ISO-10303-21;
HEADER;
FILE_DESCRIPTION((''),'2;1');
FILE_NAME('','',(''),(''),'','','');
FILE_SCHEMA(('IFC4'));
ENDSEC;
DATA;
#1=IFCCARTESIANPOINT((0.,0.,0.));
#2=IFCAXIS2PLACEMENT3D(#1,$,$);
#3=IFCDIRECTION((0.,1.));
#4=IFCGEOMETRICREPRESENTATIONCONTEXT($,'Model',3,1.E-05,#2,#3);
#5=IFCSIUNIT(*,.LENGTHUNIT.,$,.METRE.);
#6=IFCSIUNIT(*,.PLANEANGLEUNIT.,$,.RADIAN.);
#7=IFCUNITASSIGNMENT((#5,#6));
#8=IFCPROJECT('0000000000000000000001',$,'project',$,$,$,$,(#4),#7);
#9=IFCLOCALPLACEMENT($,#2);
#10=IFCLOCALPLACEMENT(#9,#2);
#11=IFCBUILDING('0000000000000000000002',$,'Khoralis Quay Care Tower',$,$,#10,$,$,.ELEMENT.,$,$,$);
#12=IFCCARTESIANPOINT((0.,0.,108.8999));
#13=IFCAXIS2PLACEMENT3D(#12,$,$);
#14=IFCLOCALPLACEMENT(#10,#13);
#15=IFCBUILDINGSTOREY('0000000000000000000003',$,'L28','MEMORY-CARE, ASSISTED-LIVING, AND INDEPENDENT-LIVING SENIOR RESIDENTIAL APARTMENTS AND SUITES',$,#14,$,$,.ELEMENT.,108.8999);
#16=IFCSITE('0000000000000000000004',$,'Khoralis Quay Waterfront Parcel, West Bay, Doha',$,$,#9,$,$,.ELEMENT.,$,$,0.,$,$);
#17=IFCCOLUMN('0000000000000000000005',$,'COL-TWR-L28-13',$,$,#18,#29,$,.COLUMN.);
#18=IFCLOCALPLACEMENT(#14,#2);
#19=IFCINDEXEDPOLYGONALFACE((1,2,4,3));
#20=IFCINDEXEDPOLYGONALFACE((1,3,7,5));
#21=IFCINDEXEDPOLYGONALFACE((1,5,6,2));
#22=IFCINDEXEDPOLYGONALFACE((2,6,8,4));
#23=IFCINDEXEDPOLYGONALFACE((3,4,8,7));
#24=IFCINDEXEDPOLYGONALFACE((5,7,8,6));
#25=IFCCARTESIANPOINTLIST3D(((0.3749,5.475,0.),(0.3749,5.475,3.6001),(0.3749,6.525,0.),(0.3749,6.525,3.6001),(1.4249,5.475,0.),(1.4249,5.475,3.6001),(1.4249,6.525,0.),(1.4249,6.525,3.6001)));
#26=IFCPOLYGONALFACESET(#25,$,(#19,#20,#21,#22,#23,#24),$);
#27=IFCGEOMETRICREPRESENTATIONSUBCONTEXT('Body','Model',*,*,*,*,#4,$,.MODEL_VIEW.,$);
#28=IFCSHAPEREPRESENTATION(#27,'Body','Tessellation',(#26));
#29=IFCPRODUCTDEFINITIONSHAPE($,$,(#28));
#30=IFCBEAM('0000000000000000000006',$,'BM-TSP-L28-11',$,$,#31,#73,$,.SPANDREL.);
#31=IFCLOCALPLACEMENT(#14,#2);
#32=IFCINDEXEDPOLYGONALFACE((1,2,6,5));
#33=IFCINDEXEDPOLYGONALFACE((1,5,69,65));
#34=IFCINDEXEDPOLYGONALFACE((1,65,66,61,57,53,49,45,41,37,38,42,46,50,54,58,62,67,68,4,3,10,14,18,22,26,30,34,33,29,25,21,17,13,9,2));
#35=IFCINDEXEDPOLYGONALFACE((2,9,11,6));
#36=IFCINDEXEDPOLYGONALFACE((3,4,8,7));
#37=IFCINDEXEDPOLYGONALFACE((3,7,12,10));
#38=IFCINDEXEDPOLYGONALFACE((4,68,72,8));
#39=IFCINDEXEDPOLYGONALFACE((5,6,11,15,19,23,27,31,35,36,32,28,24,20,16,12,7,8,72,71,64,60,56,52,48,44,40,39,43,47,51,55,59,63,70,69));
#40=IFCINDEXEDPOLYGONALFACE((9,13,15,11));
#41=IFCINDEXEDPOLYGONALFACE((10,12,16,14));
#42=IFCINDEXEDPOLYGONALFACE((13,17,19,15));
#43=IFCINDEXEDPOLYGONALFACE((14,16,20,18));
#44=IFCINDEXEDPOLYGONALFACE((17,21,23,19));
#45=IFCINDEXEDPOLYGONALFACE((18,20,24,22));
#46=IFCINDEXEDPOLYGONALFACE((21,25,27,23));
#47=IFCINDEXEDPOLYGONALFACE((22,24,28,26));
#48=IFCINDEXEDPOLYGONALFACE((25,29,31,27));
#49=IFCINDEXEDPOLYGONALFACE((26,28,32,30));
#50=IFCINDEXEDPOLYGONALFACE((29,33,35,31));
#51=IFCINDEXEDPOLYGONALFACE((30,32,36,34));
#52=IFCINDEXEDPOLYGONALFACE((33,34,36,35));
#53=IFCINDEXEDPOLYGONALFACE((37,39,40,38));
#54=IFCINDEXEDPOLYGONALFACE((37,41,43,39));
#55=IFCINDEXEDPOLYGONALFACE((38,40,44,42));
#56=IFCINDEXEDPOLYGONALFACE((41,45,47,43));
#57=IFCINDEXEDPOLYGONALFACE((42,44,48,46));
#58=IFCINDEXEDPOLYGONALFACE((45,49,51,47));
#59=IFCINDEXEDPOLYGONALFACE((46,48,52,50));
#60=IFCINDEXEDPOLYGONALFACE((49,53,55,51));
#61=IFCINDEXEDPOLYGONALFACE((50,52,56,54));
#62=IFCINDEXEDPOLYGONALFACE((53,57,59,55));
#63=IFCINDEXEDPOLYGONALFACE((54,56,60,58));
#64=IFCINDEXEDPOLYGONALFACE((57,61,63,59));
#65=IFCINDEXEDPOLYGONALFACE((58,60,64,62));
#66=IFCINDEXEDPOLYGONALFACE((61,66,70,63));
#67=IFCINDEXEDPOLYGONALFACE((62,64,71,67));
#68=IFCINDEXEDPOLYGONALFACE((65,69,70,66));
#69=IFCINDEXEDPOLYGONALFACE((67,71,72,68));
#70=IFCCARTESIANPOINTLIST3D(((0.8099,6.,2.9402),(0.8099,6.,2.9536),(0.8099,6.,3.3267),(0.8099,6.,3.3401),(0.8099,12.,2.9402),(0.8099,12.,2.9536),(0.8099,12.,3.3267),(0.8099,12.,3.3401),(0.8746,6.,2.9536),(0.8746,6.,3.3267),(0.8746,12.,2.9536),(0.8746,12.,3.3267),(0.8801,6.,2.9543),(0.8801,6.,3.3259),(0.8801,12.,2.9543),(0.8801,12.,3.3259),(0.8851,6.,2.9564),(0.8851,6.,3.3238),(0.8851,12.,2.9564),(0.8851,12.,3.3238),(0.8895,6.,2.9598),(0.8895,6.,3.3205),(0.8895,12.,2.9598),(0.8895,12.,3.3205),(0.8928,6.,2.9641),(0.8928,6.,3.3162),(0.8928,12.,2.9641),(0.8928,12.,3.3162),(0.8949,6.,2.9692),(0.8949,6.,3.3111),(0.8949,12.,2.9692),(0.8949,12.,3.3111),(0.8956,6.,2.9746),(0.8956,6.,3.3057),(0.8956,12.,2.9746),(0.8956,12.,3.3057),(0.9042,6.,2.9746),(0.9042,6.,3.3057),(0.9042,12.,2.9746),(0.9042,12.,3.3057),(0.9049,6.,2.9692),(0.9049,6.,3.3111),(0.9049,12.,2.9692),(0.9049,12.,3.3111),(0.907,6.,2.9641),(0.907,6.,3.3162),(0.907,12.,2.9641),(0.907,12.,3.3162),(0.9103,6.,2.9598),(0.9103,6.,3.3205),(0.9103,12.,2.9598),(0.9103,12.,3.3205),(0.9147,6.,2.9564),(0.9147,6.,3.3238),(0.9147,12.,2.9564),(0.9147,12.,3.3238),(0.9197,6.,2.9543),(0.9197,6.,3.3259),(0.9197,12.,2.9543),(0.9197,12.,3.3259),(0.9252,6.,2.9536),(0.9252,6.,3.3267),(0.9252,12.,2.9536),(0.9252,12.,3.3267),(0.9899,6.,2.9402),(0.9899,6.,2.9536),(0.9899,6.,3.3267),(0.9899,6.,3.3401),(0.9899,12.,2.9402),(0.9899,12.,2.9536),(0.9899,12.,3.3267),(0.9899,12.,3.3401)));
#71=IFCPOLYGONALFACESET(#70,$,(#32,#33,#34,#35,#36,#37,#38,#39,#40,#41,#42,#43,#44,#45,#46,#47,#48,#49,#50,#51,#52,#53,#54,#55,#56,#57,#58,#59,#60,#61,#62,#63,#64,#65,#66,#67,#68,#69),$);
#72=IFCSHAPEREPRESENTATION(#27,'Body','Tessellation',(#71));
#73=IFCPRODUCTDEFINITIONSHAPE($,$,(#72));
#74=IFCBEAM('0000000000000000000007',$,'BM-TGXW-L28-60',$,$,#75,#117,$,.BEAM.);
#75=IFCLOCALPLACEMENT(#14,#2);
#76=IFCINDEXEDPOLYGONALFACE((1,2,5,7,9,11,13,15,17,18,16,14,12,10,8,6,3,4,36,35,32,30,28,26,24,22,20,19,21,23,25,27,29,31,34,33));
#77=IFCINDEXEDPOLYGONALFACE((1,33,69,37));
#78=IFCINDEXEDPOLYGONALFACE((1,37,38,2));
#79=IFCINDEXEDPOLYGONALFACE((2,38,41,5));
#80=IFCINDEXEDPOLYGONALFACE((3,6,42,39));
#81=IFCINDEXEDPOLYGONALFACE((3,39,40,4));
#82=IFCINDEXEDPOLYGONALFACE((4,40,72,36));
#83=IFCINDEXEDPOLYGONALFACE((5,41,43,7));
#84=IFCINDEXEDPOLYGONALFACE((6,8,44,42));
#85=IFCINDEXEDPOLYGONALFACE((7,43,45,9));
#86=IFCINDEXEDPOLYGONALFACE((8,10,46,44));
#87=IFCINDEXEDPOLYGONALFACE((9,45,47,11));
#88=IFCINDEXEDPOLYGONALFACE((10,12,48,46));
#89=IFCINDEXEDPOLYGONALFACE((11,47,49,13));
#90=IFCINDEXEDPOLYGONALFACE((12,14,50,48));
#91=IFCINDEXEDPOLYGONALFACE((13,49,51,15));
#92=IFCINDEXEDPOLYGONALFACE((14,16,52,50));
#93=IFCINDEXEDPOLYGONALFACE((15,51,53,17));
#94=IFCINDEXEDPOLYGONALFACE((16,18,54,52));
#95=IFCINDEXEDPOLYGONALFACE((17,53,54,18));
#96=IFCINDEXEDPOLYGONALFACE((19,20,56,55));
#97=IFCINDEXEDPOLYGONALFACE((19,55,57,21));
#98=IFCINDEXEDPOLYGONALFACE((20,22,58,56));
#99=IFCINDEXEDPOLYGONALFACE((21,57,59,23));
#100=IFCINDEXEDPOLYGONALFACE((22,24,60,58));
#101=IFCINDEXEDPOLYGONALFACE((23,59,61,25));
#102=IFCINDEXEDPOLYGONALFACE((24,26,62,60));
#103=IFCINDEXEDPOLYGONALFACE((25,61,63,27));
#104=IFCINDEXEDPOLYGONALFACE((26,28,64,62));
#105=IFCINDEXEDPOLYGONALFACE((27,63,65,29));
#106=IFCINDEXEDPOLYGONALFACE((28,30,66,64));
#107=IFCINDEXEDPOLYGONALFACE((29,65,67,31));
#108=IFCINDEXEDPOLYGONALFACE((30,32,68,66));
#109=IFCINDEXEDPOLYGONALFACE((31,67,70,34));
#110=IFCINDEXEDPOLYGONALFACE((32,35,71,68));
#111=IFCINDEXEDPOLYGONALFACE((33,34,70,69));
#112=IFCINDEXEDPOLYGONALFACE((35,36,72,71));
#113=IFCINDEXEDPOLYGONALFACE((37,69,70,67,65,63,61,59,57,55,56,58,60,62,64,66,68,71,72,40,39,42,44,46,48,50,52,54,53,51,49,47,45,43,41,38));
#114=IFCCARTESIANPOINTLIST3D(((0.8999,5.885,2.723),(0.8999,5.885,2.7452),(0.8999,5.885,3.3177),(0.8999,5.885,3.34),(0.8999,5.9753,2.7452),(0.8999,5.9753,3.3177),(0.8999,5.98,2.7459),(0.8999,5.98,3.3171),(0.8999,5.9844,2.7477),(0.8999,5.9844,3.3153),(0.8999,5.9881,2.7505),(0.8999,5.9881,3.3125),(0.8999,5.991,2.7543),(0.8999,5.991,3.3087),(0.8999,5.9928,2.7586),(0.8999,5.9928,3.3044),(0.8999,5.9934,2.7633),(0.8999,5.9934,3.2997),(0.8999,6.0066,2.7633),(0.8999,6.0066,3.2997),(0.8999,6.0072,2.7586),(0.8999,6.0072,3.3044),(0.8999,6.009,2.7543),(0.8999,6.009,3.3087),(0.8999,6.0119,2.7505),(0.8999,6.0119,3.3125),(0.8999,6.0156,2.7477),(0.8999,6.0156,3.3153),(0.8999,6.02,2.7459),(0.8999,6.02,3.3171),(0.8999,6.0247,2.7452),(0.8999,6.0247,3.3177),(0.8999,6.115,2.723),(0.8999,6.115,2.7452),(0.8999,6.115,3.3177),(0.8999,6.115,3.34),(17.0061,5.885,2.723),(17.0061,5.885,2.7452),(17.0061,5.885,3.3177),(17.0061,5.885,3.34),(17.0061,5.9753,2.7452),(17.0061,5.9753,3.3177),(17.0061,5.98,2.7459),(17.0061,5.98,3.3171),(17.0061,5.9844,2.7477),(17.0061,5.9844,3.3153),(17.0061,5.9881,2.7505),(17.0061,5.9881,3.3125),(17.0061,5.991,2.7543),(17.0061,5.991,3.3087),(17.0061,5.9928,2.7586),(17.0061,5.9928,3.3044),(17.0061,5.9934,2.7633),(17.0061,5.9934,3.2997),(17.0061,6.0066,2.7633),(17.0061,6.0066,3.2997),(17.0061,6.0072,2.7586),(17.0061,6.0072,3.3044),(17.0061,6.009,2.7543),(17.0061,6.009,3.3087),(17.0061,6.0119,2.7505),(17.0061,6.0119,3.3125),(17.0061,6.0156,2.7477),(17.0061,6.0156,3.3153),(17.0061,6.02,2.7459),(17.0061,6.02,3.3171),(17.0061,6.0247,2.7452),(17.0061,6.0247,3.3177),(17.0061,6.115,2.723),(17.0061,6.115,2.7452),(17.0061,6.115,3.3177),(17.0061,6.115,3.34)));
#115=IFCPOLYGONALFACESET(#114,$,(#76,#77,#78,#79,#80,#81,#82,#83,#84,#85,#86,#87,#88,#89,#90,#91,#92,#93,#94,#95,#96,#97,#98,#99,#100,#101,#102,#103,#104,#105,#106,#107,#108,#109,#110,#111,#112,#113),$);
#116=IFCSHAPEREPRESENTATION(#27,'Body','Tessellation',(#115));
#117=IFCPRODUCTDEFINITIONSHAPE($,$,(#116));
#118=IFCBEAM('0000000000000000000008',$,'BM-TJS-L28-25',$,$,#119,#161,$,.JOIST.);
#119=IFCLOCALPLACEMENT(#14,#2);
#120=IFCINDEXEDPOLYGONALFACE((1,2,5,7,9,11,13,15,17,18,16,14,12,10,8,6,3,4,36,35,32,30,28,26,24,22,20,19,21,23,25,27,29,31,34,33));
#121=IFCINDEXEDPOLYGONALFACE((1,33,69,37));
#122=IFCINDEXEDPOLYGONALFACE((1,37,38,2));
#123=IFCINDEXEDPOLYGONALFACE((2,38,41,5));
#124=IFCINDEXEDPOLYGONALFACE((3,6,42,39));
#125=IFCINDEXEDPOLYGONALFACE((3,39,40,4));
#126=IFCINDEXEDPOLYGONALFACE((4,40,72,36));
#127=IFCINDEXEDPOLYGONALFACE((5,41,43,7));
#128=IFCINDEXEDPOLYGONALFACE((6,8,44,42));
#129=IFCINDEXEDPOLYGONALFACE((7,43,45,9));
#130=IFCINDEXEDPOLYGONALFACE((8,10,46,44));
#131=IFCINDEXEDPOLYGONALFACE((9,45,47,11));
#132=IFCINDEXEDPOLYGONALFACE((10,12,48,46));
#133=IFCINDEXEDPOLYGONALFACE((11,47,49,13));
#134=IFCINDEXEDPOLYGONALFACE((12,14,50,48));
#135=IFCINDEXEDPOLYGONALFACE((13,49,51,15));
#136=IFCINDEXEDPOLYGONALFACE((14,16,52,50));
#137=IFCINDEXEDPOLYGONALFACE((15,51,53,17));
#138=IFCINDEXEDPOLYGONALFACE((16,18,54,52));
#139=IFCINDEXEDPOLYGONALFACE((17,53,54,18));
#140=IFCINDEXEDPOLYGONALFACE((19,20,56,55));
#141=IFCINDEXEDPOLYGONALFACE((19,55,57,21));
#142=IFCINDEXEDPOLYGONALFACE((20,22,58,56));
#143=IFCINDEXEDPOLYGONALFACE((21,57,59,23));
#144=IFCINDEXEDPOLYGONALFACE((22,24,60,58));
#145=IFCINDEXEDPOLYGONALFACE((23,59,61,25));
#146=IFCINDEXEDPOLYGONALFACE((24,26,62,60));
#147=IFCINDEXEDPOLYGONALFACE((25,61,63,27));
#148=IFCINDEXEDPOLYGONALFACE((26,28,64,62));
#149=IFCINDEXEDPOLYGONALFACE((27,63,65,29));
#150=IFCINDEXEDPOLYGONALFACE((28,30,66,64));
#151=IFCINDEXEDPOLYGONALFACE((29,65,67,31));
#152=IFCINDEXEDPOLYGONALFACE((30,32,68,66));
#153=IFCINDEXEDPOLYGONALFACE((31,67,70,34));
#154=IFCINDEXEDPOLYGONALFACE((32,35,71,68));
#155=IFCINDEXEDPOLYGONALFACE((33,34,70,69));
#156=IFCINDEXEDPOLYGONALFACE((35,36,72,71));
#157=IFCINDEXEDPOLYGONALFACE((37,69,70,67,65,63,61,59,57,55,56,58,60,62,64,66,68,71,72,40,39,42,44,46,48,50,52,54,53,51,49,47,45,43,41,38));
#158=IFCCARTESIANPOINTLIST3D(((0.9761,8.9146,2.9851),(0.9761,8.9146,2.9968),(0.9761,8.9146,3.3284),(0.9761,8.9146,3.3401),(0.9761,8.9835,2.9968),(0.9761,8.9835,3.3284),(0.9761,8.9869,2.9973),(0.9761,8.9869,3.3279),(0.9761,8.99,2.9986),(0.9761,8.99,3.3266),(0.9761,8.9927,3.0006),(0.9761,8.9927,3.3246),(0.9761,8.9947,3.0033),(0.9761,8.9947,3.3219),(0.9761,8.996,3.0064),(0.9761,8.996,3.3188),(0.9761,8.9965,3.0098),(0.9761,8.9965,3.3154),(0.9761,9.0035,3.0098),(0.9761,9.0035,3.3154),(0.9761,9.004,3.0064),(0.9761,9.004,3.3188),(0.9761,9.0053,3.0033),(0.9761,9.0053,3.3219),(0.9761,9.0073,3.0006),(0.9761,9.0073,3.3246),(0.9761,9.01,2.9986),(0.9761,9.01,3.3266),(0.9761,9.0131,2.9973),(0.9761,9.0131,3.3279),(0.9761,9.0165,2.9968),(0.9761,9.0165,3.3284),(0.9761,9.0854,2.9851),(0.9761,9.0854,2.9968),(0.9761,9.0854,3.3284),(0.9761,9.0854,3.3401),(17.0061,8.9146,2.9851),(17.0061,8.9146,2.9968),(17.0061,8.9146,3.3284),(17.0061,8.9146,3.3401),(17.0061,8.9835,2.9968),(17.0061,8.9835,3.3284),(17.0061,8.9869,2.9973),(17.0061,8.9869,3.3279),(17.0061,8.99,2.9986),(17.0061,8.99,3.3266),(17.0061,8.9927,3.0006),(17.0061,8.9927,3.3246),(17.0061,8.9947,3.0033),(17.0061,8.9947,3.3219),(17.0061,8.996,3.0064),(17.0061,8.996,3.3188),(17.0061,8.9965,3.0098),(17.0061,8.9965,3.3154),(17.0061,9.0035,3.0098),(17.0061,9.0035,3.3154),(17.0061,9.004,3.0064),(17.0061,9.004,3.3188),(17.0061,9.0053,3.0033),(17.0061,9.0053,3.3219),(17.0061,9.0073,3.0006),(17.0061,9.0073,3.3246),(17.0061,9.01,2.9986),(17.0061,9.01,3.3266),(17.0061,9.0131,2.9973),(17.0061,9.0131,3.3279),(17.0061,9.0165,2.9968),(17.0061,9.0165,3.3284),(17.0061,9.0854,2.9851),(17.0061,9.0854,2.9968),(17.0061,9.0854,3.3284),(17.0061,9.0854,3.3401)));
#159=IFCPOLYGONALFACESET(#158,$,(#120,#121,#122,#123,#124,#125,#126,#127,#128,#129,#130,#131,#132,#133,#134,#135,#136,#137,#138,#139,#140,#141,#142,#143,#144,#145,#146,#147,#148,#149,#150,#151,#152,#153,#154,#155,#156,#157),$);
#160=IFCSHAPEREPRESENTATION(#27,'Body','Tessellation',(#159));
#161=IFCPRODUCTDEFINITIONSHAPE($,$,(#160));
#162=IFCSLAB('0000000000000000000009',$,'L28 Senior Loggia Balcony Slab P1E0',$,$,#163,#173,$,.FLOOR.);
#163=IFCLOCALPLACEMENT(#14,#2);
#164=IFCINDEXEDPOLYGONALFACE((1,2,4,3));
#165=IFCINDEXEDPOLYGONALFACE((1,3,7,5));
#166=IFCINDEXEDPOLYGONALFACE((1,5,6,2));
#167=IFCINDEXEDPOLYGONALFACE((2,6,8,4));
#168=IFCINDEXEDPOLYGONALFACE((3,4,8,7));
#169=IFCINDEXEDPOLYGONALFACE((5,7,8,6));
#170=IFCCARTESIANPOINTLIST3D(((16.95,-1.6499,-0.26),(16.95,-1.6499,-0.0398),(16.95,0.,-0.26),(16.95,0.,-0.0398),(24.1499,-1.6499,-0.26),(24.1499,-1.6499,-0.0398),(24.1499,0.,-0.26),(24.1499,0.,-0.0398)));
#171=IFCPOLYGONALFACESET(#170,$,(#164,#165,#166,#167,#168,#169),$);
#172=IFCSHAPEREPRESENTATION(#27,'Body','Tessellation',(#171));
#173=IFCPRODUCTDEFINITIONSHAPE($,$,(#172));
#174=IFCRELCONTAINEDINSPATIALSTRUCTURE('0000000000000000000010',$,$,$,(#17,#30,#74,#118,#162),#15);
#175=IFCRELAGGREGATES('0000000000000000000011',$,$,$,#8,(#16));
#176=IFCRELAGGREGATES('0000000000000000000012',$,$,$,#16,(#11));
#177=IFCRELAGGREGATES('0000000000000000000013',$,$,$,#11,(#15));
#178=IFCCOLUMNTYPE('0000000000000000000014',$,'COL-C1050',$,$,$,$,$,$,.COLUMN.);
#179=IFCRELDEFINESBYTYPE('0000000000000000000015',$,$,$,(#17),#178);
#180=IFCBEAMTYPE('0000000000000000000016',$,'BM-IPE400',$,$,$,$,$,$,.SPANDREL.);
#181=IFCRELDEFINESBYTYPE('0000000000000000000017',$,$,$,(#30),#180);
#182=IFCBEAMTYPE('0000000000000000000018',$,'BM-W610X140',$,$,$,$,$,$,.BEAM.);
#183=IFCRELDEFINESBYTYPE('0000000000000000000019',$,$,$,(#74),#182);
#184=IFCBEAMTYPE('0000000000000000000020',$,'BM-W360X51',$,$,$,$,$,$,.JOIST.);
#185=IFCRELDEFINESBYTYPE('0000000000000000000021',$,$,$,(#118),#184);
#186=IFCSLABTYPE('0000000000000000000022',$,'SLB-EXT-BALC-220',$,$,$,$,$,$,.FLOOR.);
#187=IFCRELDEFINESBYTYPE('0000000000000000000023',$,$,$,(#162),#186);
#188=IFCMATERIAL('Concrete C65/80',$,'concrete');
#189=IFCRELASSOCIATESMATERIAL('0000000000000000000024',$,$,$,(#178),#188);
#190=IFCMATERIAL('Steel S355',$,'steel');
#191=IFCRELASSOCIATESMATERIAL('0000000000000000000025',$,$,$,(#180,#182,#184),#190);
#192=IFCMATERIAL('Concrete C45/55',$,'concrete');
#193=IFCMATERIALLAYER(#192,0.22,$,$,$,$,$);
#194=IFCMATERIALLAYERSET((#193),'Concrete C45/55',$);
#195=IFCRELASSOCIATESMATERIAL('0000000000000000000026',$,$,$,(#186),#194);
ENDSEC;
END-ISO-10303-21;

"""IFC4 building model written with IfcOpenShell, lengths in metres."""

from ifc_helpers import new_model, si_unit, direction, frame, origin, origin_2d, place, context, subcontext, project, spatial, polyline, rectangle, i_section, outline, extrude, source, transform, mapped, material, layer, layer_set, material_profile, profile_set, type_object, element, save


model = new_model("IFC4")

# Units and contexts
model_context = context("Model", 3, precision=1e-05, world=origin(), true_north=direction((0.0, 1.0)))
body_context = subcontext(model_context, "Body", "Model", "MODEL_VIEW")
ifc_project = project(units=[si_unit("LENGTHUNIT", "METRE"), si_unit("PLANEANGLEUNIT", "RADIAN")], contexts=[model_context])

# Site, building, storey
site_placement = place(None, origin())
site = spatial("IfcSite", under=ifc_project, at=site_placement, Name="Khoralis Quay Waterfront Parcel, West Bay, Doha", CompositionType="ELEMENT", RefElevation=0.0)
building_placement = place(site_placement, origin())
building = spatial("IfcBuilding", under=site, at=building_placement, Name="Khoralis Quay Care Tower", CompositionType="ELEMENT")
storey_placement = place(building_placement, frame((0.0, 0.0, 108.8999)))
storey = spatial("IfcBuildingStorey", under=building, at=storey_placement, Name="L28", Description="MEMORY-CARE, ASSISTED-LIVING, AND INDEPENDENT-LIVING SENIOR RESIDENTIAL APARTMENTS AND SUITES", CompositionType="ELEMENT", Elevation=108.8999)

# Column
ifc_material_1 = material(Name="Concrete C65/80", Category="concrete")
ifc_material_profile_1 = material_profile(ifc_material_1, rectangle(XDim=1.05, YDim=1.05, at=origin_2d()), Name="Concrete C65/80")
ifc_profile_set_1 = profile_set([ifc_material_profile_1], Name="Concrete C65/80")
column_type = type_object("IfcColumnType", Name="COL-C1050", PredefinedType="COLUMN", material=ifc_profile_set_1)
shared_shape_1 = source(origin(), body_context, "Body", "SweptSolid", [
    extrude(rectangle(XDim=1.05, YDim=1.05, at=origin_2d()), origin(), (0.0, 0.0, 1.0), 3.6001),
])
column_placement = place(storey_placement, frame((0.8999, 6.0, 0.0), z_axis=(0.0, 0.0, 1.0), x_axis=(1.0, 0.0, 0.0)))
element("IfcColumn", 1, at=column_placement, inside=storey, type_object=column_type, Name="COL-TWR-L28-13", PredefinedType="COLUMN", context=body_context, shape_type="MappedRepresentation", body=[
    mapped(shared_shape_1, transform((0.0, 0.0, 0.0), scale=1.0)),
])

# Beams
ifc_material_2 = material(Name="Steel S355", Category="steel")
ifc_material_profile_2 = material_profile(ifc_material_2, i_section(OverallWidth=0.1799, OverallDepth=0.3999, WebThickness=0.0085, FlangeThickness=0.0134, FilletRadius=0.021, at=origin_2d()), Name="Steel S355")
ifc_profile_set_2 = profile_set([ifc_material_profile_2], Name="Steel S355")
beam_type_1 = type_object("IfcBeamType", Name="BM-IPE400", PredefinedType="SPANDREL", material=ifc_profile_set_2)
shared_shape_2 = source(origin(), body_context, "Body", "SweptSolid", [
    extrude(i_section(OverallWidth=0.1799, OverallDepth=0.3999, WebThickness=0.0085, FlangeThickness=0.0134, FilletRadius=0.021, at=origin_2d()), origin(), (0.0, 0.0, 1.0), 6.0),
])
beam_1_placement = place(storey_placement, frame((0.8999, 6.0, 3.1401), z_axis=(0.0, 1.0, 0.0), x_axis=(-1.0, 0.0, 0.0)))
element("IfcBeam", 2, at=beam_1_placement, inside=storey, type_object=beam_type_1, Name="BM-TSP-L28-11", PredefinedType="SPANDREL", context=body_context, shape_type="MappedRepresentation", body=[
    mapped(shared_shape_2, transform((0.0, 0.0, 0.0), scale=1.0)),
])
ifc_material_profile_3 = material_profile(ifc_material_2, i_section(OverallWidth=0.23, OverallDepth=0.6169, WebThickness=0.0132, FlangeThickness=0.0222, FilletRadius=0.0181, at=origin_2d()), Name="Steel S355")
ifc_profile_set_3 = profile_set([ifc_material_profile_3], Name="Steel S355")
beam_type_2 = type_object("IfcBeamType", Name="BM-W610X140", PredefinedType="BEAM", material=ifc_profile_set_3)
shared_shape_3 = source(origin(), body_context, "Body", "SweptSolid", [
    extrude(i_section(OverallWidth=0.23, OverallDepth=0.6169, WebThickness=0.0132, FlangeThickness=0.0222, FilletRadius=0.0181, at=origin_2d()), origin(), (0.0, 0.0, 1.0), 16.1062),
])
beam_2_placement = place(storey_placement, frame((0.8999, 6.0, 3.0315), z_axis=(1.0, 0.0, 0.0), x_axis=(0.0, 1.0, 0.0)))
element("IfcBeam", 3, at=beam_2_placement, inside=storey, type_object=beam_type_2, Name="BM-TGXW-L28-60", PredefinedType="BEAM", context=body_context, shape_type="MappedRepresentation", body=[
    mapped(shared_shape_3, transform((0.0, 0.0, 0.0), scale=1.0)),
])
ifc_material_profile_4 = material_profile(ifc_material_2, i_section(OverallWidth=0.1709, OverallDepth=0.355, WebThickness=0.0071, FlangeThickness=0.0117, FilletRadius=0.0129, at=origin_2d()), Name="Steel S355")
ifc_profile_set_4 = profile_set([ifc_material_profile_4], Name="Steel S355")
beam_type_3 = type_object("IfcBeamType", Name="BM-W360X51", PredefinedType="JOIST", material=ifc_profile_set_4)
shared_shape_4 = source(origin(), body_context, "Body", "SweptSolid", [
    extrude(i_section(OverallWidth=0.1709, OverallDepth=0.355, WebThickness=0.0071, FlangeThickness=0.0117, FilletRadius=0.0129, at=origin_2d()), origin(), (0.0, 0.0, 1.0), 16.03),
])
beam_3_placement = place(storey_placement, frame((0.9761, 9.0, 3.1626), z_axis=(1.0, 0.0, 0.0), x_axis=(0.0, 1.0, 0.0)))
element("IfcBeam", 4, at=beam_3_placement, inside=storey, type_object=beam_type_3, Name="BM-TJS-L28-25", PredefinedType="JOIST", context=body_context, shape_type="MappedRepresentation", body=[
    mapped(shared_shape_4, transform((0.0, 0.0, 0.0), scale=1.0)),
])

# Slab
ifc_material_3 = material(Name="Concrete C45/55", Category="concrete")
ifc_layer_1 = layer(ifc_material_3, 0.22)
ifc_layer_set_1 = layer_set([ifc_layer_1], Name="Concrete C45/55")
slab_type_1 = type_object("IfcSlabType", Name="SLB-EXT-BALC-220", PredefinedType="FLOOR", material=ifc_layer_set_1)
slab_1_placement = place(storey_placement, frame((0.0, 0.0, -0.26)))
element("IfcSlab", 5, at=slab_1_placement, inside=storey, type_object=slab_type_1, Name="L28 Senior Loggia Balcony Slab P1E0", PredefinedType="FLOOR", context=body_context, shape_type="SweptSolid", body=[
    extrude(outline(polyline([(16.95, -1.6499), (24.1499, -1.6499), (24.1499, 0.0), (16.95, 0.0), (16.95, -1.6499)])), origin(), (0.0, 0.0, 1.0), 0.2202),
])

save(model, "model.ifc")
